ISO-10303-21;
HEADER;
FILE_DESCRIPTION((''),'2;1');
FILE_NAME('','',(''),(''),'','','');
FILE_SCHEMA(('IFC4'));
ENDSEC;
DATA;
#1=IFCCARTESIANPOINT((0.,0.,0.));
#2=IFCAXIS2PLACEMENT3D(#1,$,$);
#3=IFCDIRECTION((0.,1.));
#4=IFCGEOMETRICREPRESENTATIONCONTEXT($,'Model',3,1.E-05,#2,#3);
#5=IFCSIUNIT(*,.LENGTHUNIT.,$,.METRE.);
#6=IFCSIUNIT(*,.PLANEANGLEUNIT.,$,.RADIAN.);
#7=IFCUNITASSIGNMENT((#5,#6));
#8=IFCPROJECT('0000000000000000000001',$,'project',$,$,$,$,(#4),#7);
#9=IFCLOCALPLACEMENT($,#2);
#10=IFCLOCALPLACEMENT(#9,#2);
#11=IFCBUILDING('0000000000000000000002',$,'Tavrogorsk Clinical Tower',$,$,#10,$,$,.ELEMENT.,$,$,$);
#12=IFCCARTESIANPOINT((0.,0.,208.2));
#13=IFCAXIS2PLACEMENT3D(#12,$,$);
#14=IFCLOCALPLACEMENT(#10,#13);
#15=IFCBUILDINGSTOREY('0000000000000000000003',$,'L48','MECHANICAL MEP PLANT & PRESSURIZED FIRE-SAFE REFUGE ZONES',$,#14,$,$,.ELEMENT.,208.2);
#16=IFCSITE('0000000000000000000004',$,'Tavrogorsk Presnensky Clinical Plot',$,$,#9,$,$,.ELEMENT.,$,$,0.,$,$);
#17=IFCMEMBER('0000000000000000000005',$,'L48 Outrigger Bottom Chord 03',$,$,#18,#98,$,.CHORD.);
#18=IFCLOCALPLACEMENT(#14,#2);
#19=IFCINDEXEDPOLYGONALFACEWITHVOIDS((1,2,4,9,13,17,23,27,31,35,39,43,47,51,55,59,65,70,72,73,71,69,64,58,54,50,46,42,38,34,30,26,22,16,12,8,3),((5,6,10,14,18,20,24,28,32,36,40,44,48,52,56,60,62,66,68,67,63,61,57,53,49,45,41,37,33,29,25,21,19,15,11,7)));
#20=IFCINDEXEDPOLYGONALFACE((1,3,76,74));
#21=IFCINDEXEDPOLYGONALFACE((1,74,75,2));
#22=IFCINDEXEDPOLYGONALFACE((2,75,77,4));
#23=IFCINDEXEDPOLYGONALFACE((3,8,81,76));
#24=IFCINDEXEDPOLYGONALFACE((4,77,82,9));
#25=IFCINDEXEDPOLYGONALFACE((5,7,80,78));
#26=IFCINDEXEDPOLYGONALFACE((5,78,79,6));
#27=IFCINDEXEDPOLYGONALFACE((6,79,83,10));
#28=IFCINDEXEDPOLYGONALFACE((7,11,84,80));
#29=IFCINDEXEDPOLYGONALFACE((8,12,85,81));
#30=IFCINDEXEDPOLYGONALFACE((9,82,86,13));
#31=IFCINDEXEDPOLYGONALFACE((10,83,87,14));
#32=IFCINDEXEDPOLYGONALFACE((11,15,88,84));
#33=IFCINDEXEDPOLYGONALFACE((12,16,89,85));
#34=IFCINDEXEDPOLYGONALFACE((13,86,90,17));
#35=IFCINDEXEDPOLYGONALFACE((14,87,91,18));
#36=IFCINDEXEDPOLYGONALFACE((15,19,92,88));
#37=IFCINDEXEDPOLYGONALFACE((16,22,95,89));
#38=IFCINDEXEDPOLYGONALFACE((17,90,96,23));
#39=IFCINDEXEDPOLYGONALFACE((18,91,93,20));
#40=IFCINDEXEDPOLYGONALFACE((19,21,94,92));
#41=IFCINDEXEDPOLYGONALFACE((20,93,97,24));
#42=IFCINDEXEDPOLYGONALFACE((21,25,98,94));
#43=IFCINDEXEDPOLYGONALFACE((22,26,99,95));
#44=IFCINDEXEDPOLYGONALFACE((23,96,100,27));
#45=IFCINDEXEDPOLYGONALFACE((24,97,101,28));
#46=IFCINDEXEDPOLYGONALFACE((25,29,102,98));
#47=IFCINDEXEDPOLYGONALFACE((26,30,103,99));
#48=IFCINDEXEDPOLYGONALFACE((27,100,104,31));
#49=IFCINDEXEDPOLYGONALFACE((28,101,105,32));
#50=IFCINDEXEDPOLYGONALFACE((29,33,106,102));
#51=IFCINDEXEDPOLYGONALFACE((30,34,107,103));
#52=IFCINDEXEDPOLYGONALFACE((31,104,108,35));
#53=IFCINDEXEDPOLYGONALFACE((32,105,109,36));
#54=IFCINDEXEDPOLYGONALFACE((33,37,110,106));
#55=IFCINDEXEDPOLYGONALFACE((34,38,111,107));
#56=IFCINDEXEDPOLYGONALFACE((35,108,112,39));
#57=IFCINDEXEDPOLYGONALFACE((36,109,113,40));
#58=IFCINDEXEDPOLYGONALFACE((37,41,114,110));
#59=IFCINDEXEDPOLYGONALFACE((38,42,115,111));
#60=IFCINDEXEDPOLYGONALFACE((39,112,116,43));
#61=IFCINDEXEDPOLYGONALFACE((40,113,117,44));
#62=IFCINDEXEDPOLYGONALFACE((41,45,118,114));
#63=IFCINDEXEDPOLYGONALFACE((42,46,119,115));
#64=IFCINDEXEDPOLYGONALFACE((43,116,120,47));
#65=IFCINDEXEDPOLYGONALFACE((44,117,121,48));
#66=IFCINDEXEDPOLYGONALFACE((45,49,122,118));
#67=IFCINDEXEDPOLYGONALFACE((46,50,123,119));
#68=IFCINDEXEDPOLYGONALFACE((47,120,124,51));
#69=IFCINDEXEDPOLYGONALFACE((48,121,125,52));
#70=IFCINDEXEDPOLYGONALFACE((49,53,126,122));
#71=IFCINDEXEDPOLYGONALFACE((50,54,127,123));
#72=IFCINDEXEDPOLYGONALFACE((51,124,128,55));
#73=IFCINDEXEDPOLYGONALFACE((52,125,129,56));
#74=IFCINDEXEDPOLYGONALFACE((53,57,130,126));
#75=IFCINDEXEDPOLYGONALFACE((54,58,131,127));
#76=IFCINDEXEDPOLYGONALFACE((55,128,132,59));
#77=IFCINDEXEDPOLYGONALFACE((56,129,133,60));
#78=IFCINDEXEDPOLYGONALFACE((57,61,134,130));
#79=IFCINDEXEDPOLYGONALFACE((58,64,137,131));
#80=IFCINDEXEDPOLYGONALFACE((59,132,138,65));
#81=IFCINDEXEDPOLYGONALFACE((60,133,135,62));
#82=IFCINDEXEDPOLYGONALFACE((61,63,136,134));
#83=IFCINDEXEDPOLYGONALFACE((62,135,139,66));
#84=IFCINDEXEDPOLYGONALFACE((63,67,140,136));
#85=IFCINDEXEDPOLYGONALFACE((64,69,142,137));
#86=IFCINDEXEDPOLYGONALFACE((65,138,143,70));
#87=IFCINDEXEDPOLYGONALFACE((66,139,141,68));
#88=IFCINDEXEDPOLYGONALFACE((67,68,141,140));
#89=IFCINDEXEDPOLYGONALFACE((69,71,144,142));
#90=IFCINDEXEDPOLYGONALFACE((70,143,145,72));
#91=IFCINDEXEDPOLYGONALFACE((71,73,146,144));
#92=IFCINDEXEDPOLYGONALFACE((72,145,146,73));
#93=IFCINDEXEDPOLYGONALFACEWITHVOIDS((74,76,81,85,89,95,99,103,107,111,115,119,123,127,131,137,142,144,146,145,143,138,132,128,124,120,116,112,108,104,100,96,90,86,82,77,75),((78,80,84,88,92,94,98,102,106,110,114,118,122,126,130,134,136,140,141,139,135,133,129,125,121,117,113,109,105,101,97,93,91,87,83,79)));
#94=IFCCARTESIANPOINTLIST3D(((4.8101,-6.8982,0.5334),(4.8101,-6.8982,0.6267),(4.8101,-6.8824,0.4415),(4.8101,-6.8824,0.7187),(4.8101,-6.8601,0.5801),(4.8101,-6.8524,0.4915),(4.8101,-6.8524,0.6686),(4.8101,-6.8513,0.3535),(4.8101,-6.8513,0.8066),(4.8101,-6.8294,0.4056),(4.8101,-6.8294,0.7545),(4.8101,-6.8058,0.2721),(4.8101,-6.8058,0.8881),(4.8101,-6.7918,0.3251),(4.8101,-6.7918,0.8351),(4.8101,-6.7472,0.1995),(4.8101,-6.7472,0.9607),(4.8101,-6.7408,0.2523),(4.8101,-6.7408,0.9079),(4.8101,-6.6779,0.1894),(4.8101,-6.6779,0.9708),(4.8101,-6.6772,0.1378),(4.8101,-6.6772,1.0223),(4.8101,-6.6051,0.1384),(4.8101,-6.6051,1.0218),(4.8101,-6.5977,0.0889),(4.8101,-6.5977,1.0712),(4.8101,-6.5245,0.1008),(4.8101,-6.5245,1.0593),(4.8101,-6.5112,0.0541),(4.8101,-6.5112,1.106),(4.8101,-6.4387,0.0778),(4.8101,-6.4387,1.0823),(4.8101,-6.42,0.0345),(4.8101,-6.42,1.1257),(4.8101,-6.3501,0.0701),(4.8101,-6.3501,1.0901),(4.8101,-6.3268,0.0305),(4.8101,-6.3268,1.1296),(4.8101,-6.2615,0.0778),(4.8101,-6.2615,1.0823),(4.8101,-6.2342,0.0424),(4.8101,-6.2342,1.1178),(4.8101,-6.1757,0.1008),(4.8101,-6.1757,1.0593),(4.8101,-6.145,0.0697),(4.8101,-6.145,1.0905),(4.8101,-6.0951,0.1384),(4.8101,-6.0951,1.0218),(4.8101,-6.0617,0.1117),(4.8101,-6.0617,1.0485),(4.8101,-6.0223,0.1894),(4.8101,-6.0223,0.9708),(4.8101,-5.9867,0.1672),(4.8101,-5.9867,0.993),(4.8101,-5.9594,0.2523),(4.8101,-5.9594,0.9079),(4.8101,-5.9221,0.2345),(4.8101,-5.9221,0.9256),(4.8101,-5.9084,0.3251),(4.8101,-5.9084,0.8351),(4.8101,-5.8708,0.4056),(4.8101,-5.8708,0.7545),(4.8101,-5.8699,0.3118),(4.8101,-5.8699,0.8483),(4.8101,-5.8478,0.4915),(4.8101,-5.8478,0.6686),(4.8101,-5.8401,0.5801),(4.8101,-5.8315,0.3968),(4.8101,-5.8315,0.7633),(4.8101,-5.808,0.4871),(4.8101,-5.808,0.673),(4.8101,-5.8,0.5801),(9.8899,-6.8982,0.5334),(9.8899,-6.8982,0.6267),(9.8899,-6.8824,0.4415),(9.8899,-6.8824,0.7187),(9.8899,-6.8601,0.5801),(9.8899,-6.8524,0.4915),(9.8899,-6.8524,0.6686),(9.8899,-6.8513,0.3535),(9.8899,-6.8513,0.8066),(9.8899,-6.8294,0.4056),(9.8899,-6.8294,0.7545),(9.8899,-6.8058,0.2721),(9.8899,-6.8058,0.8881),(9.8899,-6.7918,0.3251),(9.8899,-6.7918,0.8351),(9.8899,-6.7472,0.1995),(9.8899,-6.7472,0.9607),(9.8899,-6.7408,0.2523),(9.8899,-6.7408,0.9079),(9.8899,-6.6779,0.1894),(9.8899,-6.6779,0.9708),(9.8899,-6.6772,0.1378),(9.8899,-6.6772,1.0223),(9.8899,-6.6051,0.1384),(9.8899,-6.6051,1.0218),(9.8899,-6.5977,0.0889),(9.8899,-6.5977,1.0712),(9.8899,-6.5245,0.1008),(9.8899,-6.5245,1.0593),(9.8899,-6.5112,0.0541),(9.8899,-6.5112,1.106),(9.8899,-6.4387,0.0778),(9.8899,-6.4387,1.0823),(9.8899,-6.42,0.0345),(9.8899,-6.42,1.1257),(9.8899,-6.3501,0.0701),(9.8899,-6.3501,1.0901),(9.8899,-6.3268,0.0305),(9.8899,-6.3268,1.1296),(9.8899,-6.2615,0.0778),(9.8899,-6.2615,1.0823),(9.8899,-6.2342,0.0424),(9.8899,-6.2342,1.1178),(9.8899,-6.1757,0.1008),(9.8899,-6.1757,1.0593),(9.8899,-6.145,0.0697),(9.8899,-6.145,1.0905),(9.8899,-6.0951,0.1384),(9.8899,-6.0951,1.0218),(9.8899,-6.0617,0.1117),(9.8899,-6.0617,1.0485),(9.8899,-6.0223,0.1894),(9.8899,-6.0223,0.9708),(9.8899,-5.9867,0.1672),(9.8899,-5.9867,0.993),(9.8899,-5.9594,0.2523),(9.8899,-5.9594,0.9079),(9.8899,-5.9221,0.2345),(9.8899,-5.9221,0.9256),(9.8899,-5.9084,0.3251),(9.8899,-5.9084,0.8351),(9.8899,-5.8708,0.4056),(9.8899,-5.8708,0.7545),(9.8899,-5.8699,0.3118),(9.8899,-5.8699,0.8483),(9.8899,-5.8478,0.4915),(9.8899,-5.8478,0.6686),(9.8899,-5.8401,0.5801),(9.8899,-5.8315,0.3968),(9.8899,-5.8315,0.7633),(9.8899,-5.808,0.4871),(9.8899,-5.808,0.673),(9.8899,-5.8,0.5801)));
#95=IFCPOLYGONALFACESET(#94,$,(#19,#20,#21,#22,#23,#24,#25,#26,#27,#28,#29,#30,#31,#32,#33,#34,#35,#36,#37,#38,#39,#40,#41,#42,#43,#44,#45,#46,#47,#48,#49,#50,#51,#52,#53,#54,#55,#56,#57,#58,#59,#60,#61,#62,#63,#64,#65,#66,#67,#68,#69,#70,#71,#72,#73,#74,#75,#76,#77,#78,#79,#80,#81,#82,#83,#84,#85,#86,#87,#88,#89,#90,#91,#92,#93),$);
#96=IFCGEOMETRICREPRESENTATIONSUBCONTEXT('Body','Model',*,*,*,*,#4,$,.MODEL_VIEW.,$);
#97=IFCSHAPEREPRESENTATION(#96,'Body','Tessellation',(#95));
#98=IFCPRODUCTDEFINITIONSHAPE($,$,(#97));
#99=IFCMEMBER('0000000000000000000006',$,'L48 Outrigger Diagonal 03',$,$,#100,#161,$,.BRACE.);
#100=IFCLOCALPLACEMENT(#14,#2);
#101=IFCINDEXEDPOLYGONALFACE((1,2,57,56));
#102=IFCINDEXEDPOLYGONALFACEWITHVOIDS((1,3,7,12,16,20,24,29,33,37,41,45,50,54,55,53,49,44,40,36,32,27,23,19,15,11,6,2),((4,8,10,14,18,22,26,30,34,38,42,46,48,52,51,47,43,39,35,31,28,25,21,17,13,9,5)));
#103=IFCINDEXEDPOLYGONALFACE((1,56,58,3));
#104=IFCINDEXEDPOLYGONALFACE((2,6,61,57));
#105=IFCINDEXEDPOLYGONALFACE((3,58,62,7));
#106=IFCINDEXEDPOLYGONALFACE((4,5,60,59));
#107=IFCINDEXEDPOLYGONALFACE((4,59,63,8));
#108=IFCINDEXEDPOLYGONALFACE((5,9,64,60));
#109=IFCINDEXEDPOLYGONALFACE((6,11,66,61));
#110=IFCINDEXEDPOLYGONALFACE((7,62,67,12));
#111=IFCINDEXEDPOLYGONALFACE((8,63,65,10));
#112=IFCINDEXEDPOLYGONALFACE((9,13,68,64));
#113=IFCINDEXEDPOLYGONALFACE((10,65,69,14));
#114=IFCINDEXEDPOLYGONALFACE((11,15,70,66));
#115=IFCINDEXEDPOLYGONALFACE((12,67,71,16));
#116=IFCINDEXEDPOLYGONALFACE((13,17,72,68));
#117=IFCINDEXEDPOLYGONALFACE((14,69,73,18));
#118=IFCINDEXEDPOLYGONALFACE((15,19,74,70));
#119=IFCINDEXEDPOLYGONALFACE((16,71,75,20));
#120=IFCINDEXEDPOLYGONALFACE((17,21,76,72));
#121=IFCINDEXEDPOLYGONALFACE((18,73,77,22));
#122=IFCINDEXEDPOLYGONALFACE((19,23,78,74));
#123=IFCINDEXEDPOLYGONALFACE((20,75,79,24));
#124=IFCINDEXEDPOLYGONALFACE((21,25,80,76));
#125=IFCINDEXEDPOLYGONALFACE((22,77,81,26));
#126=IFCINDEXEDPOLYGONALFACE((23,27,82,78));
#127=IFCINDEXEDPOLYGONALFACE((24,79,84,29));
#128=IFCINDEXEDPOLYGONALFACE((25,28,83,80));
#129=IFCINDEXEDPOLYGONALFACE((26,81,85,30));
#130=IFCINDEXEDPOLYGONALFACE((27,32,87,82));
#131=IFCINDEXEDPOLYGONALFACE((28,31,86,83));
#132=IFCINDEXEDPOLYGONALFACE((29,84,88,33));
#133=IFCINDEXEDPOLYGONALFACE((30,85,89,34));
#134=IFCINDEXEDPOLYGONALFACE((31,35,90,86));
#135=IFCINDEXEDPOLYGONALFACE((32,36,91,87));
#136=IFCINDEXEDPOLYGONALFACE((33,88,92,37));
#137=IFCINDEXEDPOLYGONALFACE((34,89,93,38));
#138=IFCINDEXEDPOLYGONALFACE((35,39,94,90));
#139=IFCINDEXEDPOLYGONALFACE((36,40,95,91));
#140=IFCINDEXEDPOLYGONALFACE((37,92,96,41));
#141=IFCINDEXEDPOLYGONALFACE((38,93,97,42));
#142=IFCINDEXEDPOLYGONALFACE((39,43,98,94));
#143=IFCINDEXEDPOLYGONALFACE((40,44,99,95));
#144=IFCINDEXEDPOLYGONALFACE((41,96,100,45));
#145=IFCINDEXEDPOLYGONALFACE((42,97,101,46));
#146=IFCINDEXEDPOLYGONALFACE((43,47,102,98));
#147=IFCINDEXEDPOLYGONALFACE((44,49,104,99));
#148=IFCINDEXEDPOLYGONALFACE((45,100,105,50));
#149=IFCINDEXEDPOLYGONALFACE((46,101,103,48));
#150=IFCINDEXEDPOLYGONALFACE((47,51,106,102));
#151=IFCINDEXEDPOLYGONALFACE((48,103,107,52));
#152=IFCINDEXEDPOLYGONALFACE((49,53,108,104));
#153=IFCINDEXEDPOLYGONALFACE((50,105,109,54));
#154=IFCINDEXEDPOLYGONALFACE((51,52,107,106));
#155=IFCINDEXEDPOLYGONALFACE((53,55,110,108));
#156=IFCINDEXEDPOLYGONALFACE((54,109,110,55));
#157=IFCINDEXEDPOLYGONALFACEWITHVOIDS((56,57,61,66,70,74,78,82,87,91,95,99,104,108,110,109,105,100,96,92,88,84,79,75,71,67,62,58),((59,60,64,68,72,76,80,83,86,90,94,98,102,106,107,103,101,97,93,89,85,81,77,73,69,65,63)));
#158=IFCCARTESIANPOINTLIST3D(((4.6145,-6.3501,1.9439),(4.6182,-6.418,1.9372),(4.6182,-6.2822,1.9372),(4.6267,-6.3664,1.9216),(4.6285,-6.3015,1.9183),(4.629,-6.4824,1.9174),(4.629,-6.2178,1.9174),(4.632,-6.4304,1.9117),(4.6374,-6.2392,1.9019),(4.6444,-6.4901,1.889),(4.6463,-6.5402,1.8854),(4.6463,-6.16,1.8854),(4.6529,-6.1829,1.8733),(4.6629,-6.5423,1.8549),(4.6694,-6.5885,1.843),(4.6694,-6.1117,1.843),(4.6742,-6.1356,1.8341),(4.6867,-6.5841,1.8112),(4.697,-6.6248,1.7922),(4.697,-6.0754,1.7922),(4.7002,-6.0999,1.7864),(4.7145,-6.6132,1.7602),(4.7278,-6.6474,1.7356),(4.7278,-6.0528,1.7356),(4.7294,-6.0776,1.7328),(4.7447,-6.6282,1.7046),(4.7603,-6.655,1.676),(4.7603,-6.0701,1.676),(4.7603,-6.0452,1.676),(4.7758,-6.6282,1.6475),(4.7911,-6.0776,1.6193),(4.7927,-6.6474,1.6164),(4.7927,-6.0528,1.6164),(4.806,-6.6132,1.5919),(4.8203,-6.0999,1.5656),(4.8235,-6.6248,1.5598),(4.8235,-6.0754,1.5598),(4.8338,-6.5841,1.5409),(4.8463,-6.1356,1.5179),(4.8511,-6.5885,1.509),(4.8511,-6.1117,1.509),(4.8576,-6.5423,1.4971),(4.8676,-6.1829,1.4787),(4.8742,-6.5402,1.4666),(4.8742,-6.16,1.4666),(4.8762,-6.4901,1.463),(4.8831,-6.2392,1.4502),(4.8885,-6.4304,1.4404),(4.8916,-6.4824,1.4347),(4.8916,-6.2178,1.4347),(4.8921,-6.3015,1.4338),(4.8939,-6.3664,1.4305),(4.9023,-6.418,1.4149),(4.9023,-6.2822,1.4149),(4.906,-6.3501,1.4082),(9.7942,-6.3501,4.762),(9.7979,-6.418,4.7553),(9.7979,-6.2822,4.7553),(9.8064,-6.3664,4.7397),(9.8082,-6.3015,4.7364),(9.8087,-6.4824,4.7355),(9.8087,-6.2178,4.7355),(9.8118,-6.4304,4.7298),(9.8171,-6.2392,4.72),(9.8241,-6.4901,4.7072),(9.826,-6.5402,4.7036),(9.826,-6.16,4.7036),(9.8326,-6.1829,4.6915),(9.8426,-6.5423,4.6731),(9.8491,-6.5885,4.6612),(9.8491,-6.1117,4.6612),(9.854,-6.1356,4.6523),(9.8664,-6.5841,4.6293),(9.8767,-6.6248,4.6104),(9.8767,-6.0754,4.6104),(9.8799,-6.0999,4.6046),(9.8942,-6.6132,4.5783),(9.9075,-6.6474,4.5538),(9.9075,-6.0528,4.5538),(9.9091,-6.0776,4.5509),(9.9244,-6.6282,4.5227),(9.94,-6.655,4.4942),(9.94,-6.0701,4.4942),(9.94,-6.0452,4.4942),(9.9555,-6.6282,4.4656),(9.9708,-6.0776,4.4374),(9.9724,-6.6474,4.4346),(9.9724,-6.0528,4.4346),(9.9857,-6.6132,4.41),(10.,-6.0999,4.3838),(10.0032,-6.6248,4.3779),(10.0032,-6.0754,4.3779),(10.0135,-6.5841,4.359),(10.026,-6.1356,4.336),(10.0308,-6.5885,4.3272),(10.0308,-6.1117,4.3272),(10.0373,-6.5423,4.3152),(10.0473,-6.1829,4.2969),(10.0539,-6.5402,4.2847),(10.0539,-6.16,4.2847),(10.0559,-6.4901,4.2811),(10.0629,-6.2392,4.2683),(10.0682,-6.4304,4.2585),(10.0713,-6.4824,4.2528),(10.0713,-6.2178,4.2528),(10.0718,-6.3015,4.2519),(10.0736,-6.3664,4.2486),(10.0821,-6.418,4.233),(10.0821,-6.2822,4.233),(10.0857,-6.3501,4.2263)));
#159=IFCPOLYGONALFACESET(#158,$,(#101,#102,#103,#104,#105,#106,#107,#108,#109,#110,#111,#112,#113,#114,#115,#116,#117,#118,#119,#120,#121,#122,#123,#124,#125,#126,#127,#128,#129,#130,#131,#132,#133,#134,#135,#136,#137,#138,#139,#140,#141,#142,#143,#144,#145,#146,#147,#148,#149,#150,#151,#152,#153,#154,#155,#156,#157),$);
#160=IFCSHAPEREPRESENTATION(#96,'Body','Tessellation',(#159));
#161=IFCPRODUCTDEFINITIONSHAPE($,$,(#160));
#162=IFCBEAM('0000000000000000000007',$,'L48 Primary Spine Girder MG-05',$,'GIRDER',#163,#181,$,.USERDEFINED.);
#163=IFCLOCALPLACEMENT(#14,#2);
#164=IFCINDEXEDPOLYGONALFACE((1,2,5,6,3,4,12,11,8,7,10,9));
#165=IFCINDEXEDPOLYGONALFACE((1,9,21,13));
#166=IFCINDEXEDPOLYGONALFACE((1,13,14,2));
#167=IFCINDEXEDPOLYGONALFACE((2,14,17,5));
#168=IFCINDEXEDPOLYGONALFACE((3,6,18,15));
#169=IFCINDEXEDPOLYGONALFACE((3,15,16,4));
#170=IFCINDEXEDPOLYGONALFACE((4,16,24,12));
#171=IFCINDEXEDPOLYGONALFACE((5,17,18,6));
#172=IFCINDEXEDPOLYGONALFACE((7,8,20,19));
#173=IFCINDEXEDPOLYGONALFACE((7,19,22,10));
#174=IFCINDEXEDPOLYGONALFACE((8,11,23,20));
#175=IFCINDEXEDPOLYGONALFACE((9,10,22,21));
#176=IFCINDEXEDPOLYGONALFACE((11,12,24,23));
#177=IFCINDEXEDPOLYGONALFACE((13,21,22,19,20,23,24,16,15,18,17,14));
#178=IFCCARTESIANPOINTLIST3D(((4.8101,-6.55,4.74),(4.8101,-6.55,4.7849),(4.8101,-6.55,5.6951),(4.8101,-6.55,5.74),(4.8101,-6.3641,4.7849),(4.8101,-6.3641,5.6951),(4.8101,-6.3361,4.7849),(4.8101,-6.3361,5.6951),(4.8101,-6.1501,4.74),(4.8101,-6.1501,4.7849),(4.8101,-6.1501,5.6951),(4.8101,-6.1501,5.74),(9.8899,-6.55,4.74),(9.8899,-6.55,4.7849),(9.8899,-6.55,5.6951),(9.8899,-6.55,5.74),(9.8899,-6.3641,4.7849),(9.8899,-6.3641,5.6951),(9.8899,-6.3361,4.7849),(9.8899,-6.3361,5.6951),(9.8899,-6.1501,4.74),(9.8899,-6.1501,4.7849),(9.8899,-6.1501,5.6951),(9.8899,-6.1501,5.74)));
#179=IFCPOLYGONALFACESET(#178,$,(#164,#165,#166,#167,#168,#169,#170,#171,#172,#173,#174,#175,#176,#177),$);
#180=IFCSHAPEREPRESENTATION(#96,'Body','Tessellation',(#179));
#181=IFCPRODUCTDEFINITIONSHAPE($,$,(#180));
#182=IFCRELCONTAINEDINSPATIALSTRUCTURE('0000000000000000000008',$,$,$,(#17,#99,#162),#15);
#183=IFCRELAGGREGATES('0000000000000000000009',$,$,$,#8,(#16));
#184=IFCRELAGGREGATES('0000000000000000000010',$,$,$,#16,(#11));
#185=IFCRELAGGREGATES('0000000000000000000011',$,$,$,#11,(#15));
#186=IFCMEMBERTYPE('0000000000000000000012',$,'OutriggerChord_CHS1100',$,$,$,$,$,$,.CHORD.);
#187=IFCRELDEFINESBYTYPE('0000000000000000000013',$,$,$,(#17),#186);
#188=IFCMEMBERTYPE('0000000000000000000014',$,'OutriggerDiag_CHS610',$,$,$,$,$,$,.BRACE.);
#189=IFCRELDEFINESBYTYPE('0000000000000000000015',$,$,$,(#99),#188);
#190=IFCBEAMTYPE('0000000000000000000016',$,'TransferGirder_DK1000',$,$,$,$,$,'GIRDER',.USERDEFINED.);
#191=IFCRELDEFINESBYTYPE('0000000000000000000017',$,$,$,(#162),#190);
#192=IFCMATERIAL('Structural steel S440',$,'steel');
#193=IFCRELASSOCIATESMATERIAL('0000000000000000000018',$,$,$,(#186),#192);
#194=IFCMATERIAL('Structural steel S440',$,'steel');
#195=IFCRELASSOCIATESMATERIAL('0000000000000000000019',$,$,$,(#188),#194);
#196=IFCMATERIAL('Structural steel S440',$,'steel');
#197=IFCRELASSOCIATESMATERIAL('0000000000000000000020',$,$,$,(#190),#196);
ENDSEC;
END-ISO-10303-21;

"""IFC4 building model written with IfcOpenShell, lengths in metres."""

from ifc_helpers import new_model, si_unit, direction, frame, origin, origin_2d, place, context, subcontext, project, spatial, hollow_circle, i_section, extrude, material, material_profile, profile_set, type_object, element, save


model = new_model("IFC4")

# Units and contexts
model_context = context("Model", 3, precision=1e-05, world=origin(), true_north=direction((0.0, 1.0)))
body_context = subcontext(model_context, "Body", "Model", "MODEL_VIEW")
ifc_project = project(units=[si_unit("LENGTHUNIT", "METRE"), si_unit("PLANEANGLEUNIT", "RADIAN")], contexts=[model_context])

# Site, building, storey
site_placement = place(None, origin())
site = spatial("IfcSite", under=ifc_project, at=site_placement, Name="Tavrogorsk Presnensky Clinical Plot", CompositionType="ELEMENT", RefElevation=0.0)
building_placement = place(site_placement, origin())
building = spatial("IfcBuilding", under=site, at=building_placement, Name="Tavrogorsk Clinical Tower", CompositionType="ELEMENT")
storey_placement = place(building_placement, frame((0.0, 0.0, 208.2)))
storey = spatial("IfcBuildingStorey", under=building, at=storey_placement, Name="L48", Description="MECHANICAL MEP PLANT & PRESSURIZED FIRE-SAFE REFUGE ZONES", CompositionType="ELEMENT", Elevation=208.2)

# Members
ifc_material_1 = material(Name="Structural steel S440", Category="steel")
ifc_material_profile_1 = material_profile(ifc_material_1, hollow_circle(Radius=0.55, WallThickness=0.04, at=origin_2d()), Name="CHS-1100x40")
ifc_profile_set_1 = profile_set([ifc_material_profile_1], Name="Structural steel S440")
member_type_1 = type_object("IfcMemberType", Name="OutriggerChord_CHS1100", PredefinedType="CHORD", material=ifc_profile_set_1)
member_1_placement = place(storey_placement, frame((4.8101, -6.3501, 0.5801), z_axis=(1.0, 0.0, 0.0), x_axis=(0.0, 1.0, 0.0)))
element("IfcMember", 1, at=member_1_placement, inside=storey, type_object=member_type_1, Name="L48 Outrigger Bottom Chord 03", PredefinedType="CHORD", context=body_context, shape_type="SweptSolid", body=[
    extrude(hollow_circle(Radius=0.55, WallThickness=0.04, at=origin_2d()), origin(), (0.0, 0.0, 1.0), 5.0798),
])
ifc_material_2 = material(Name="Structural steel S440", Category="steel")
ifc_material_profile_2 = material_profile(ifc_material_2, hollow_circle(Radius=0.3049, WallThickness=0.0249, at=origin_2d()), Name="CHS-610x25")
ifc_profile_set_2 = profile_set([ifc_material_profile_2], Name="Structural steel S440")
member_type_2 = type_object("IfcMemberType", Name="OutriggerDiag_CHS610", PredefinedType="BRACE", material=ifc_profile_set_2)
member_2_placement = place(storey_placement, frame((4.7603, -6.3501, 1.676), z_axis=(0.878406, 0.0, 0.477915), x_axis=(0.0, 1.0, 0.0)))
element("IfcMember", 2, at=member_2_placement, inside=storey, type_object=member_type_2, Name="L48 Outrigger Diagonal 03", PredefinedType="BRACE", context=body_context, shape_type="SweptSolid", body=[
    extrude(hollow_circle(Radius=0.3049, WallThickness=0.0249, at=origin_2d()), origin(), (0.0, 0.0, 1.0), 5.8967),
])

# Beam
ifc_material_3 = material(Name="Structural steel S440", Category="steel")
ifc_material_profile_3 = material_profile(ifc_material_3, i_section(OverallWidth=0.3999, OverallDepth=1.0, WebThickness=0.0281, FlangeThickness=0.0449, at=origin_2d()), Name="DK-1000x400x28x45")
ifc_profile_set_3 = profile_set([ifc_material_profile_3], Name="Structural steel S440")
beam_type_1 = type_object("IfcBeamType", Name="TransferGirder_DK1000", ElementType="GIRDER", PredefinedType="USERDEFINED", material=ifc_profile_set_3)
beam_1_placement = place(storey_placement, frame((4.8101, -6.3501, 5.24), z_axis=(1.0, 0.0, 0.0), x_axis=(0.0, 1.0, 0.0)))
element("IfcBeam", 3, at=beam_1_placement, inside=storey, type_object=beam_type_1, Name="L48 Primary Spine Girder MG-05", ObjectType="GIRDER", PredefinedType="USERDEFINED", context=body_context, shape_type="SweptSolid", body=[
    extrude(i_section(OverallWidth=0.3999, OverallDepth=1.0, WebThickness=0.0281, FlangeThickness=0.0449, at=origin_2d()), origin(), (0.0, 0.0, 1.0), 5.0798),
])

save(model, "model.ifc")
